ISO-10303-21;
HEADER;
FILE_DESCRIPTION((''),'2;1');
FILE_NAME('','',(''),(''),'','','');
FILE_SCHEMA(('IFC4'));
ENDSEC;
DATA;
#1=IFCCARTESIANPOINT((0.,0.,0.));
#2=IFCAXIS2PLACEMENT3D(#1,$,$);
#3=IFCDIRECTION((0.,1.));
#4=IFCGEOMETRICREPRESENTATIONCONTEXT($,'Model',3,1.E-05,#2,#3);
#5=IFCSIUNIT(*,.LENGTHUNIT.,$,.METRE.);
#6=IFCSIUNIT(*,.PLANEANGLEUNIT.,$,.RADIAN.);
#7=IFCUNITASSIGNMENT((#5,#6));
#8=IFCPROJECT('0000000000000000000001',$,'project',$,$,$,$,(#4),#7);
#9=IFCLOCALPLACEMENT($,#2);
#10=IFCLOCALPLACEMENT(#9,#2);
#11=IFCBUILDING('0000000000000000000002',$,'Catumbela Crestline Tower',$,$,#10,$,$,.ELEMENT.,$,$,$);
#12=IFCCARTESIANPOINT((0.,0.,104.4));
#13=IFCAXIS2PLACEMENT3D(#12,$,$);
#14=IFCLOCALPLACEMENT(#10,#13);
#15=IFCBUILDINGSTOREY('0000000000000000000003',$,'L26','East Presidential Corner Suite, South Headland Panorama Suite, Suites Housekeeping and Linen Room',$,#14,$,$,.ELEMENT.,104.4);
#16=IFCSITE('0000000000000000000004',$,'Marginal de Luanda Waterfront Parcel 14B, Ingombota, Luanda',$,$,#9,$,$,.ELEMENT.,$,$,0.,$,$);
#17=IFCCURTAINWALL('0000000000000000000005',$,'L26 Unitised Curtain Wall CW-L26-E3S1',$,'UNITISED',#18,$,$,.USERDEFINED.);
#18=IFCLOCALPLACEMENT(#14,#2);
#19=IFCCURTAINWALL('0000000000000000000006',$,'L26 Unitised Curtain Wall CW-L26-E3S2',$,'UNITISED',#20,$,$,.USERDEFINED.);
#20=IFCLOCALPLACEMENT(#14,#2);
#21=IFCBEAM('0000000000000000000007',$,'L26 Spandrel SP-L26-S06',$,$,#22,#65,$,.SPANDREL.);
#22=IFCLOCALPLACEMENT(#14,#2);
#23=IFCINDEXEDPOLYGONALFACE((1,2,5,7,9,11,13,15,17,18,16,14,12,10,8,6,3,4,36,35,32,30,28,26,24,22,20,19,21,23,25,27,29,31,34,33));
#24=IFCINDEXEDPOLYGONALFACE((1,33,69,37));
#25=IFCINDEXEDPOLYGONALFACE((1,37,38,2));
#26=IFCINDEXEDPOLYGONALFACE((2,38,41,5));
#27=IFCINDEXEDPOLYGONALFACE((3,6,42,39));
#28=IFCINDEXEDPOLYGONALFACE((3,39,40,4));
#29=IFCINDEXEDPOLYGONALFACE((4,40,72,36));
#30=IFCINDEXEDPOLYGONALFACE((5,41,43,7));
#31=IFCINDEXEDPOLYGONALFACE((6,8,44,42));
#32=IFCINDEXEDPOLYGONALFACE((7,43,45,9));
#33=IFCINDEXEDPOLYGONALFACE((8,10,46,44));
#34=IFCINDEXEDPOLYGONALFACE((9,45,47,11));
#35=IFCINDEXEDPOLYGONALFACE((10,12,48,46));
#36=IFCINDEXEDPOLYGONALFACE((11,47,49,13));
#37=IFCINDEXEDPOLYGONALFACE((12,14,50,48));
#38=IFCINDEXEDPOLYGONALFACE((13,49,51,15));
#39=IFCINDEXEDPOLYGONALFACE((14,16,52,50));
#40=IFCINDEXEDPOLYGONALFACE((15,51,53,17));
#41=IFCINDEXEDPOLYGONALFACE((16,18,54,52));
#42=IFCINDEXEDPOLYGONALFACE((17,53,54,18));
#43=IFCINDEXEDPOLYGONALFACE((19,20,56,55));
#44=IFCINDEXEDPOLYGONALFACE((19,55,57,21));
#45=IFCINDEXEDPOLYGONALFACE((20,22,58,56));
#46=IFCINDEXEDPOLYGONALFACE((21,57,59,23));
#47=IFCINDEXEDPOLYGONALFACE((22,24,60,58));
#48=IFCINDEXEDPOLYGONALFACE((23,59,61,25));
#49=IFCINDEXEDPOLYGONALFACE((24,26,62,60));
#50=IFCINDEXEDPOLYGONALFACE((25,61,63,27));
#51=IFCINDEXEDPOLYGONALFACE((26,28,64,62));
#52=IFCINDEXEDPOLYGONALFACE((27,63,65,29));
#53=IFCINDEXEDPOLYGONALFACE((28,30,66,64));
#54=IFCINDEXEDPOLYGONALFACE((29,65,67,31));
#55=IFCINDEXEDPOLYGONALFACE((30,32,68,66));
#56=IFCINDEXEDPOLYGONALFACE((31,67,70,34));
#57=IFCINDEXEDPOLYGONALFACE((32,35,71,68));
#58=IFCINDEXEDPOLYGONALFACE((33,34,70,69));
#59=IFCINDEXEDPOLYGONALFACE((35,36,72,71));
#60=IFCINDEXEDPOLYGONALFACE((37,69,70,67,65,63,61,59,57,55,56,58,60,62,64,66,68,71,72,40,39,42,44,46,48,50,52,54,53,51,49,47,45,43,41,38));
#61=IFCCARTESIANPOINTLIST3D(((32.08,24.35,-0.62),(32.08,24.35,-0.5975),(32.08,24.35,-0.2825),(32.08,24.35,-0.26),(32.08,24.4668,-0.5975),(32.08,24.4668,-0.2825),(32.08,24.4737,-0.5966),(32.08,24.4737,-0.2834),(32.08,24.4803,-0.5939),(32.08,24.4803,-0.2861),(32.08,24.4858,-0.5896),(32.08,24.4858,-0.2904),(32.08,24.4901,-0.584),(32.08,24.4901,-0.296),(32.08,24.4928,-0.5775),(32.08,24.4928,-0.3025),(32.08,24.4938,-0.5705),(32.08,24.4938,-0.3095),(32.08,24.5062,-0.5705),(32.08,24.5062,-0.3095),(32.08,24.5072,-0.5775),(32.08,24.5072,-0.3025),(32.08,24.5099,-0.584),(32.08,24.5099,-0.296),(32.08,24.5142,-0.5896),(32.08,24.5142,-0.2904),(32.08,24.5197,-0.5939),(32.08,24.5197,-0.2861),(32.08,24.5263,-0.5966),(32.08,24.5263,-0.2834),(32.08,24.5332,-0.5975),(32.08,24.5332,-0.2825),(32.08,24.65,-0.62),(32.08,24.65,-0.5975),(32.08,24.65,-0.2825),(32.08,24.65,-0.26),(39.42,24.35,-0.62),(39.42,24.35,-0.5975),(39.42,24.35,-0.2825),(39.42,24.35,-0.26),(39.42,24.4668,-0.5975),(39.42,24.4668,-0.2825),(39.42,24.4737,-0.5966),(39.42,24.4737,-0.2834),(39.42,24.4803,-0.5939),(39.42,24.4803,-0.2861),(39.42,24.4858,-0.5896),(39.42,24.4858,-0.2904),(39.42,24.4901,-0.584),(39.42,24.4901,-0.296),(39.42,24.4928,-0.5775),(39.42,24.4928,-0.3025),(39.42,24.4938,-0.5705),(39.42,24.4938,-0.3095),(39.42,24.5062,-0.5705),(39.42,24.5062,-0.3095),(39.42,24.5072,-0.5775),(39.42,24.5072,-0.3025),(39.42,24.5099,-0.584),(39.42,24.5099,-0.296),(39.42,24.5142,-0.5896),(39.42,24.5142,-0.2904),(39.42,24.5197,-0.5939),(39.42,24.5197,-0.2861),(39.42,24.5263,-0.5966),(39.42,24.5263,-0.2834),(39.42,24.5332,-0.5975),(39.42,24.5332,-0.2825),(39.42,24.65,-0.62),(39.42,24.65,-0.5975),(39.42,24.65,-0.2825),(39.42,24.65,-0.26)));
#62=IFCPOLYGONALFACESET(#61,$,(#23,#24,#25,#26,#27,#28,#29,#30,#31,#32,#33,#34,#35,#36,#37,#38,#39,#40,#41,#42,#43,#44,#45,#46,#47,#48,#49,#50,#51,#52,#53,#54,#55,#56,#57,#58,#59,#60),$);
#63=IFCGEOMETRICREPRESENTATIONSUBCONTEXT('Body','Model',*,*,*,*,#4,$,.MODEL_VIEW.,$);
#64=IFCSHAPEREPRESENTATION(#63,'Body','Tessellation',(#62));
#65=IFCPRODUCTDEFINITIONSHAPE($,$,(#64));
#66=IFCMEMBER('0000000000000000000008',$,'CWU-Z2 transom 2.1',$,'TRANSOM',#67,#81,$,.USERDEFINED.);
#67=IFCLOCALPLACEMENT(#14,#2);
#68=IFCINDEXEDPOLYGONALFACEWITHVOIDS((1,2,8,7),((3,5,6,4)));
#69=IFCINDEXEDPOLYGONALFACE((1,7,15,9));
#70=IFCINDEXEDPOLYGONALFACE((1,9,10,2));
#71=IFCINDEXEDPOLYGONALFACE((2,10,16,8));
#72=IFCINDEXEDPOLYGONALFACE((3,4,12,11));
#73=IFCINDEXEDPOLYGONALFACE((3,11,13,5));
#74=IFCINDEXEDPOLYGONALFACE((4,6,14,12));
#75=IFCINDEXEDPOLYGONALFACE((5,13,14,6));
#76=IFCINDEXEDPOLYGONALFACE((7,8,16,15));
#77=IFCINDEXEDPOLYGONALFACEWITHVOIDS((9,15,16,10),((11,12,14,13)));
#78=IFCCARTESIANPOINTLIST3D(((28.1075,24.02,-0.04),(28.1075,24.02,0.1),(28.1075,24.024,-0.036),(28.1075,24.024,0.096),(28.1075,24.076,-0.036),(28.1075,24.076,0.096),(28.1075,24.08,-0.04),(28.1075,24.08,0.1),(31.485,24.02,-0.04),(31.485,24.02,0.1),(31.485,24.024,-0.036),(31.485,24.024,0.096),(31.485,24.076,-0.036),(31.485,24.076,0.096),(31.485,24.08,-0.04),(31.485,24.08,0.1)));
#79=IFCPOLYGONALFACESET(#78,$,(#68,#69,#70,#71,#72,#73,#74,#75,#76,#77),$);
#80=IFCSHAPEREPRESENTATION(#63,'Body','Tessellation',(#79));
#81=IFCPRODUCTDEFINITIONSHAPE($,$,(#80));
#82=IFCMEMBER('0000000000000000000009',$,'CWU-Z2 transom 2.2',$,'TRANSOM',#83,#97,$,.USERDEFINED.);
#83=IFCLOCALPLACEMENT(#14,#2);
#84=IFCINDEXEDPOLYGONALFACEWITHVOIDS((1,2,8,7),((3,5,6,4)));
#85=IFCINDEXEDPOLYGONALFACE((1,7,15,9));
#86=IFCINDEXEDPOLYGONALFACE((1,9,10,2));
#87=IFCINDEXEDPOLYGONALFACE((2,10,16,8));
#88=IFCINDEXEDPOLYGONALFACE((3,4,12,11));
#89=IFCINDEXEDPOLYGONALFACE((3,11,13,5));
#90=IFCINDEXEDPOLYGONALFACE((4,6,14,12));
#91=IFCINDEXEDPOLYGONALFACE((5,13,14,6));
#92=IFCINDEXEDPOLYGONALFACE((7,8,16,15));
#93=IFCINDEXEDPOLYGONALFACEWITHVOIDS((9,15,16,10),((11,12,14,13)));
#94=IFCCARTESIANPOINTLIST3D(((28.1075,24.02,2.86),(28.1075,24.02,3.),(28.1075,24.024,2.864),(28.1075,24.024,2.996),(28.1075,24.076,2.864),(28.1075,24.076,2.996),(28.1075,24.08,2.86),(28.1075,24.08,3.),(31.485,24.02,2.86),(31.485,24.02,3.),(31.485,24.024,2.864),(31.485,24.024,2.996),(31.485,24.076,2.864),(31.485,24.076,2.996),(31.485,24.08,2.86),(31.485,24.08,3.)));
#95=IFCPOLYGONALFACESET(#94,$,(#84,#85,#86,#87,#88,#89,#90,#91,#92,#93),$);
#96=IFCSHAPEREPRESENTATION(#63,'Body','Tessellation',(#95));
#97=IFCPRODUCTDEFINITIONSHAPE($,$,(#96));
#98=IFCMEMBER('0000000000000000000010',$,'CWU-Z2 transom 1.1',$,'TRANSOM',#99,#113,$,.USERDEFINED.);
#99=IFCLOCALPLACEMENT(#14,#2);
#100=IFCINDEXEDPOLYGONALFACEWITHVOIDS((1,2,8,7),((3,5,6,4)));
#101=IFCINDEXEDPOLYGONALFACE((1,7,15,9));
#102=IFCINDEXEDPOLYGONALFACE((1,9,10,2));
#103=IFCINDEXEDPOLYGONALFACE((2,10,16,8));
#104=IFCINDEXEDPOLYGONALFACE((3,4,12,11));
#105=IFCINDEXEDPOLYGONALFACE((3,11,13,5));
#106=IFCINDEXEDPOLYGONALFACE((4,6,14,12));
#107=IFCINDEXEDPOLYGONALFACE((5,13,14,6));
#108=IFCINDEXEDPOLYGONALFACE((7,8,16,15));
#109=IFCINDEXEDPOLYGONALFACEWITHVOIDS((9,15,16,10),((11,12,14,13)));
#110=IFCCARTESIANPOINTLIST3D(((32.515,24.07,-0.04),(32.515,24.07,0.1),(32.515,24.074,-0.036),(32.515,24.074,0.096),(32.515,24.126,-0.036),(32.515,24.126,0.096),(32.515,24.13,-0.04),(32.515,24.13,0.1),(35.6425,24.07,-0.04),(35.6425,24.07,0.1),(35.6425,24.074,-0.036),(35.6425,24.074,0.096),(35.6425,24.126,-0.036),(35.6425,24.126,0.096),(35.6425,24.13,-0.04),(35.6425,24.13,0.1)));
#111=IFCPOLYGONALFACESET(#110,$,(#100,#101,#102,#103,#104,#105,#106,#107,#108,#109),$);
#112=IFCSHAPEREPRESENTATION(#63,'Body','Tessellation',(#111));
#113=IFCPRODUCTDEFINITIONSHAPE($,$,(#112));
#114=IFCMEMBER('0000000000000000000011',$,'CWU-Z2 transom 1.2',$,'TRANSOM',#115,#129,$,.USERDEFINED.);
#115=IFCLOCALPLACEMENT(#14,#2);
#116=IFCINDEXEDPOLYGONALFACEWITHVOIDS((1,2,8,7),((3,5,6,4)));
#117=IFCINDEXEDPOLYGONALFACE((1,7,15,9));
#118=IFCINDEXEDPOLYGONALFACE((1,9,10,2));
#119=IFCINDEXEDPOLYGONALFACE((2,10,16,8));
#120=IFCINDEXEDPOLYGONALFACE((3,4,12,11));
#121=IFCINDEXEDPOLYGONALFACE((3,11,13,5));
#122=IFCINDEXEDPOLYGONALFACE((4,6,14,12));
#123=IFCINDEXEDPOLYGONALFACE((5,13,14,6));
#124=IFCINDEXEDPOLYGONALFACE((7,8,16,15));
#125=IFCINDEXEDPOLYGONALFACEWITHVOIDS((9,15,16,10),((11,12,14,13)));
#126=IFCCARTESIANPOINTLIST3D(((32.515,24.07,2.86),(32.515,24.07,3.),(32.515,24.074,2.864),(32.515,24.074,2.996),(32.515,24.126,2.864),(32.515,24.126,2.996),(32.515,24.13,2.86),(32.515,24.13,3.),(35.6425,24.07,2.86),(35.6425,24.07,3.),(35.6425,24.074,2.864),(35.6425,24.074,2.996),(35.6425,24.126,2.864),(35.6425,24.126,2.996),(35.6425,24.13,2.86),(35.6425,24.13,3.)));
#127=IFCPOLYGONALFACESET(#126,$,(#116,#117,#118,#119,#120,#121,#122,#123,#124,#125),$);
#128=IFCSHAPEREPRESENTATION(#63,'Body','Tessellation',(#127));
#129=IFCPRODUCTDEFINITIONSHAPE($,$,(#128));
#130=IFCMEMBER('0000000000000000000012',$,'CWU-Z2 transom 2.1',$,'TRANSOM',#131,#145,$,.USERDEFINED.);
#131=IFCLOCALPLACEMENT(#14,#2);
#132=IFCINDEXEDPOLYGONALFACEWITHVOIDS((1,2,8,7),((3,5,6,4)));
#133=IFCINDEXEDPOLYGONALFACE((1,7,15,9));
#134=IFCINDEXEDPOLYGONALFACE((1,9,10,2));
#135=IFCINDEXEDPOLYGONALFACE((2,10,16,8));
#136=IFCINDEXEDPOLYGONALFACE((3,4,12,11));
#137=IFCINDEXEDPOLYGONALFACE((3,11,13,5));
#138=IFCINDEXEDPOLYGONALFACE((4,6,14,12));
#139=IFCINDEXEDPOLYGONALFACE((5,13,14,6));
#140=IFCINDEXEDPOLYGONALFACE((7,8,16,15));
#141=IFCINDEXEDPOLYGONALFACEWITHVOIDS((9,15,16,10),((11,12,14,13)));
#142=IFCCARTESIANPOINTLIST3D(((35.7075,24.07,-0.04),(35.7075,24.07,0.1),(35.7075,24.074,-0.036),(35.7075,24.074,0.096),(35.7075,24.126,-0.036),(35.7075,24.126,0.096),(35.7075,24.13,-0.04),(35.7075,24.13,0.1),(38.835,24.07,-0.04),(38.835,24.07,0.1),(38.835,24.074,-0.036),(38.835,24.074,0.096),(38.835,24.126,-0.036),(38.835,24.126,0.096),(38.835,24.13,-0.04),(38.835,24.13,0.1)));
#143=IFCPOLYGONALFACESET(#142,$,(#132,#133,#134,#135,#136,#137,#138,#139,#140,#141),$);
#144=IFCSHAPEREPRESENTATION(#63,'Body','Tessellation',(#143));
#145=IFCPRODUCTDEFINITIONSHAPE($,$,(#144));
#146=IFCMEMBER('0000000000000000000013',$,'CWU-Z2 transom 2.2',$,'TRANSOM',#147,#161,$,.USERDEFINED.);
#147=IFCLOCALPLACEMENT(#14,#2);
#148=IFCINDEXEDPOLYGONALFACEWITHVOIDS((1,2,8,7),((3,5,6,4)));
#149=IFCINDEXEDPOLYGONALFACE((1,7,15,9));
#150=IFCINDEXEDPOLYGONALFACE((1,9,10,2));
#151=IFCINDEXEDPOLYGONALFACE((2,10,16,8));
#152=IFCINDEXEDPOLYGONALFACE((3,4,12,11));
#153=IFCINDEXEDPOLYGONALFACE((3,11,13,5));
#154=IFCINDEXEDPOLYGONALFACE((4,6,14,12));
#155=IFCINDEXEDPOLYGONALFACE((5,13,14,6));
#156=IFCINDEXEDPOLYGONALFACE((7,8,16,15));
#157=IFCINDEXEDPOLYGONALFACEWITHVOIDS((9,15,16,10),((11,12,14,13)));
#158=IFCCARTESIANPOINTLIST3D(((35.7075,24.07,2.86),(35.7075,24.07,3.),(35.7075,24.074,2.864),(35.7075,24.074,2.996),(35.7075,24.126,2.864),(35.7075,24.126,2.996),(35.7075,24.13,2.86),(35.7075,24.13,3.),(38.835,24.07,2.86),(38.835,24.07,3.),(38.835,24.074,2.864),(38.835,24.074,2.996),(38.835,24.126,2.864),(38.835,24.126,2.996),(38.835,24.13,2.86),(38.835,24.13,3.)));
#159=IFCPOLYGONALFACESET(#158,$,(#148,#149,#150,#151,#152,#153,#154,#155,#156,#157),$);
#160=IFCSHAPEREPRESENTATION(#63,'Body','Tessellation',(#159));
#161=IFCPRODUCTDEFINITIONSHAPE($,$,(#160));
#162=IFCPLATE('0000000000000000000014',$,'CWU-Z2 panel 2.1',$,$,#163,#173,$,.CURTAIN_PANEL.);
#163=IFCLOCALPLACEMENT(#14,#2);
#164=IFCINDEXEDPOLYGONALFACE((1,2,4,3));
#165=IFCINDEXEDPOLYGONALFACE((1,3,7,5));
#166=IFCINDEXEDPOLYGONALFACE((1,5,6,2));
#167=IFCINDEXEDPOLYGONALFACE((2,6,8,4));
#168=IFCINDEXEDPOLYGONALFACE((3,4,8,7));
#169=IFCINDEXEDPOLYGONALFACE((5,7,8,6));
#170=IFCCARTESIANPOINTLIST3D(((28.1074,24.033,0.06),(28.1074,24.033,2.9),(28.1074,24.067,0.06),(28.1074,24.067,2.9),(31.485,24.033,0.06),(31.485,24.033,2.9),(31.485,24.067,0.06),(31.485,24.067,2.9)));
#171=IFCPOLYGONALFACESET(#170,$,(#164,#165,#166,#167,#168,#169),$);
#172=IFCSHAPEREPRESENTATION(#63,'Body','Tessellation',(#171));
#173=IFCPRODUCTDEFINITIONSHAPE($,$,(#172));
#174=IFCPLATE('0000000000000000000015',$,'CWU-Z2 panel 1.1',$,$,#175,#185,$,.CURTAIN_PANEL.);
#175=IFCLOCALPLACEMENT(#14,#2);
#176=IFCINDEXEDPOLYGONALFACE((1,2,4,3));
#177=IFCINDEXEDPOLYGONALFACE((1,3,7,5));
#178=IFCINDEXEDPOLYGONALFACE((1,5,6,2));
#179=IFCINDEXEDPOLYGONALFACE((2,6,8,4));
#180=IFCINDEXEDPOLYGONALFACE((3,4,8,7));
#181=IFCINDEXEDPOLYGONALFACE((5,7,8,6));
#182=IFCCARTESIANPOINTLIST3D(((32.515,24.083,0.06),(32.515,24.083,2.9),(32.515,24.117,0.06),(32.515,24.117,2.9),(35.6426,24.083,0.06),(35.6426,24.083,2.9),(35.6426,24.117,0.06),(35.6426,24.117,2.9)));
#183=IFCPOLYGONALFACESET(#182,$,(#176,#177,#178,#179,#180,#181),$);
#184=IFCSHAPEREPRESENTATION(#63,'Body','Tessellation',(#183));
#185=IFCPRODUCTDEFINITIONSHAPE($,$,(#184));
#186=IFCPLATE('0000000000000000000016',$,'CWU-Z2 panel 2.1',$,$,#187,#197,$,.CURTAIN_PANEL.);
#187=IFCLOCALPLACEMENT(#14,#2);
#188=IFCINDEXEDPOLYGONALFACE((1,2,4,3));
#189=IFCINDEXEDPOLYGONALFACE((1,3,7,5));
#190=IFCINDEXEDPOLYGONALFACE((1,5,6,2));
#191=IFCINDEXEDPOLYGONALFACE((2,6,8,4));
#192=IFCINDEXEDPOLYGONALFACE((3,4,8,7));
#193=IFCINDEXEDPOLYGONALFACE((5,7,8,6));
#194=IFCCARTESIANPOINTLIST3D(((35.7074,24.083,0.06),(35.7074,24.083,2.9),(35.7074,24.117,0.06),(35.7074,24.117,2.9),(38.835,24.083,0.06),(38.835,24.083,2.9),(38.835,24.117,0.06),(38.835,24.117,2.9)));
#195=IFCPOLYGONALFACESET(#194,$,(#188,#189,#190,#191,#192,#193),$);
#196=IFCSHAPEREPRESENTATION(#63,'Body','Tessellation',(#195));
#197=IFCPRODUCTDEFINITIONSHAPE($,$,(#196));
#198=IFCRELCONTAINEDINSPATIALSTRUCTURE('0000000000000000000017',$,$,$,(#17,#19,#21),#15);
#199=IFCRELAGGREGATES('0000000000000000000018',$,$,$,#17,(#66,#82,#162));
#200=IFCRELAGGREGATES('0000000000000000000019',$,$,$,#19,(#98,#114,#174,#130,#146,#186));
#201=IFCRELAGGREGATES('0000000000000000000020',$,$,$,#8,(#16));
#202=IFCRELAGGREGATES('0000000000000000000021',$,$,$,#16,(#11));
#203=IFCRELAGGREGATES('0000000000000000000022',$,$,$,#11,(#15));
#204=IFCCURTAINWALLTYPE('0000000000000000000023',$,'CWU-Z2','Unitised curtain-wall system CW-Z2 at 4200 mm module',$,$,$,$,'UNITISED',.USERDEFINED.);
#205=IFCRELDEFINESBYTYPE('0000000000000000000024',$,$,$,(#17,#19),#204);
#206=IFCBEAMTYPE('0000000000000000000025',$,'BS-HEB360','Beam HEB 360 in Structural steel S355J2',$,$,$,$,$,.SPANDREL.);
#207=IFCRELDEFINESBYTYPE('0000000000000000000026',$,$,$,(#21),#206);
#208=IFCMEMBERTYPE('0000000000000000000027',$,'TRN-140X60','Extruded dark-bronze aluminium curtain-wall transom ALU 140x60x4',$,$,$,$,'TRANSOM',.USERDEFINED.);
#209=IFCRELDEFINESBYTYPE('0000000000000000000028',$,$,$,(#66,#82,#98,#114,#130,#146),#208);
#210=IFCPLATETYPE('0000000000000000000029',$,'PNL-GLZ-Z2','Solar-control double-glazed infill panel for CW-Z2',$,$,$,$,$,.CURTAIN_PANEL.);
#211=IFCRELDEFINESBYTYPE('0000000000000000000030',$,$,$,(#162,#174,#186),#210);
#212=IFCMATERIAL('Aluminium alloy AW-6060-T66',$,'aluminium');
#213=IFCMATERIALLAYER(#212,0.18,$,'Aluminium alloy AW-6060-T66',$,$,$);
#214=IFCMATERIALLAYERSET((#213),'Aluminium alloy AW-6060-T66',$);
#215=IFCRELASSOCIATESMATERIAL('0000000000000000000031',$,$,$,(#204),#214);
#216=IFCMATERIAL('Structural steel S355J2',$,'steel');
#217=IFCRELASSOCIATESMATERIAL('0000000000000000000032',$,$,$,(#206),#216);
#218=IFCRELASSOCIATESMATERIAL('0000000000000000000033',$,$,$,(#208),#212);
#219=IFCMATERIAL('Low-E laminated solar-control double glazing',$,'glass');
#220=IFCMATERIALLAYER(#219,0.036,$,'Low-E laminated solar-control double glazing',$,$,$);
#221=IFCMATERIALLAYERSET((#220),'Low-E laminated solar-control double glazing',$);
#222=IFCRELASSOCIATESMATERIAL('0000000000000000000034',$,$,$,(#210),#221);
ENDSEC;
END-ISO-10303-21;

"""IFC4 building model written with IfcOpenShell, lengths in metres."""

from ifc_helpers import new_model, si_unit, direction, frame, origin, origin_2d, place, context, subcontext, project, spatial, rectangle, hollow_rectangle, i_section, extrude, material, layer, layer_set, material_profile, profile_set, type_object, element, aggregate, save


model = new_model("IFC4")

# Units and contexts
model_context = context("Model", 3, precision=1e-05, world=origin(), true_north=direction((0.0, 1.0)))
body_context = subcontext(model_context, "Body", "Model", "MODEL_VIEW")
ifc_project = project(units=[si_unit("LENGTHUNIT", "METRE"), si_unit("PLANEANGLEUNIT", "RADIAN")], contexts=[model_context])

# Site, building, storey
site_placement = place(None, origin())
site = spatial("IfcSite", under=ifc_project, at=site_placement, Name="Marginal de Luanda Waterfront Parcel 14B, Ingombota, Luanda", CompositionType="ELEMENT", RefElevation=0.0)
building_placement = place(site_placement, origin())
building = spatial("IfcBuilding", under=site, at=building_placement, Name="Catumbela Crestline Tower", CompositionType="ELEMENT")
storey_placement = place(building_placement, frame((0.0, 0.0, 104.4)))
storey = spatial("IfcBuildingStorey", under=building, at=storey_placement, Name="L26", Description="East Presidential Corner Suite, South Headland Panorama Suite, Suites Housekeeping and Linen Room", CompositionType="ELEMENT", Elevation=104.4)

# Shared definitions
ifc_material_1 = material(Name="Structural steel S355J2", Category="steel")

# Curtain wall
ifc_material_2 = material(Name="Aluminium alloy AW-6060-T66", Category="aluminium")
ifc_layer_1 = layer(ifc_material_2, 0.18, Name="Aluminium alloy AW-6060-T66")
ifc_layer_set_1 = layer_set([ifc_layer_1], Name="Aluminium alloy AW-6060-T66")
curtain_wall_type = type_object("IfcCurtainWallType", Name="CWU-Z2", Description="Unitised curtain-wall system CW-Z2 at 4200 mm module", ElementType="UNITISED", PredefinedType="USERDEFINED", material=ifc_layer_set_1)
curtain_wall_1_placement = place(storey_placement, origin())
curtain_wall_1 = element("IfcCurtainWall", 1, at=curtain_wall_1_placement, inside=storey, type_object=curtain_wall_type, Name="L26 Unitised Curtain Wall CW-L26-E3S1", ObjectType="UNITISED", PredefinedType="USERDEFINED")

# Curtain wall
curtain_wall_2_placement = place(storey_placement, origin())
curtain_wall_2 = element("IfcCurtainWall", 2, at=curtain_wall_2_placement, inside=storey, type_object=curtain_wall_type, Name="L26 Unitised Curtain Wall CW-L26-E3S2", ObjectType="UNITISED", PredefinedType="USERDEFINED")

# Beam
ifc_material_profile_1 = material_profile(ifc_material_1, i_section(OverallWidth=0.3, OverallDepth=0.36, WebThickness=0.0125, FlangeThickness=0.0225, FilletRadius=0.027, at=origin_2d()), Name="HEB 360")
ifc_profile_set_1 = profile_set([ifc_material_profile_1], Name="Structural steel S355J2")
beam_type_1 = type_object("IfcBeamType", Name="BS-HEB360", Description="Beam HEB 360 in Structural steel S355J2", PredefinedType="SPANDREL", material=ifc_profile_set_1)
beam_placement = place(storey_placement, frame((32.08, 24.5, -0.44), z_axis=(1.0, 0.0, 0.0), x_axis=(0.0, 1.0, 0.0)))
element("IfcBeam", 3, at=beam_placement, inside=storey, type_object=beam_type_1, Name="L26 Spandrel SP-L26-S06", PredefinedType="SPANDREL", context=body_context, shape_type="SweptSolid", body=[
    extrude(i_section(OverallWidth=0.3, OverallDepth=0.36, WebThickness=0.0125, FlangeThickness=0.0225, FilletRadius=0.027, at=origin_2d()), origin(), (0.0, 0.0, 1.0), 7.34),
])

# Members
ifc_material_profile_2 = material_profile(ifc_material_2, hollow_rectangle(XDim=0.06, YDim=0.14, WallThickness=0.004, at=origin_2d()), Name="ALU 140x60x4")
ifc_profile_set_2 = profile_set([ifc_material_profile_2], Name="Aluminium alloy AW-6060-T66")
member_type_1 = type_object("IfcMemberType", Name="TRN-140X60", Description="Extruded dark-bronze aluminium curtain-wall transom ALU 140x60x4", ElementType="TRANSOM", PredefinedType="USERDEFINED", material=ifc_profile_set_2)
member_1_placement = place(storey_placement, frame((28.1075, 24.05, 0.03), z_axis=(1.0, 0.0, 0.0), x_axis=(0.0, 1.0, 0.0)))
member_1 = element("IfcMember", 4, at=member_1_placement, type_object=member_type_1, Name="CWU-Z2 transom 2.1", ObjectType="TRANSOM", PredefinedType="USERDEFINED", context=body_context, shape_type="SweptSolid", body=[
    extrude(hollow_rectangle(XDim=0.06, YDim=0.14, WallThickness=0.004, at=origin_2d()), origin(), (0.0, 0.0, 1.0), 3.3775),
])
member_2_placement = place(storey_placement, frame((28.1075, 24.05, 2.93), z_axis=(1.0, 0.0, 0.0), x_axis=(0.0, 1.0, 0.0)))
member_2 = element("IfcMember", 5, at=member_2_placement, type_object=member_type_1, Name="CWU-Z2 transom 2.2", ObjectType="TRANSOM", PredefinedType="USERDEFINED", context=body_context, shape_type="SweptSolid", body=[
    extrude(hollow_rectangle(XDim=0.06, YDim=0.14, WallThickness=0.004, at=origin_2d()), origin(), (0.0, 0.0, 1.0), 3.3775),
])
member_3_placement = place(storey_placement, frame((32.515, 24.1, 0.03), z_axis=(1.0, 0.0, 0.0), x_axis=(0.0, 1.0, 0.0)))
member_3 = element("IfcMember", 6, at=member_3_placement, type_object=member_type_1, Name="CWU-Z2 transom 1.1", ObjectType="TRANSOM", PredefinedType="USERDEFINED", context=body_context, shape_type="SweptSolid", body=[
    extrude(hollow_rectangle(XDim=0.06, YDim=0.14, WallThickness=0.004, at=origin_2d()), origin(), (0.0, 0.0, 1.0), 3.1275),
])
member_4_placement = place(storey_placement, frame((32.515, 24.1, 2.93), z_axis=(1.0, 0.0, 0.0), x_axis=(0.0, 1.0, 0.0)))
member_4 = element("IfcMember", 7, at=member_4_placement, type_object=member_type_1, Name="CWU-Z2 transom 1.2", ObjectType="TRANSOM", PredefinedType="USERDEFINED", context=body_context, shape_type="SweptSolid", body=[
    extrude(hollow_rectangle(XDim=0.06, YDim=0.14, WallThickness=0.004, at=origin_2d()), origin(), (0.0, 0.0, 1.0), 3.1275),
])
member_5_placement = place(storey_placement, frame((35.7075, 24.1, 0.03), z_axis=(1.0, 0.0, 0.0), x_axis=(0.0, 1.0, 0.0)))
member_5 = element("IfcMember", 8, at=member_5_placement, type_object=member_type_1, Name="CWU-Z2 transom 2.1", ObjectType="TRANSOM", PredefinedType="USERDEFINED", context=body_context, shape_type="SweptSolid", body=[
    extrude(hollow_rectangle(XDim=0.06, YDim=0.14, WallThickness=0.004, at=origin_2d()), origin(), (0.0, 0.0, 1.0), 3.1275),
])
member_6_placement = place(storey_placement, frame((35.7075, 24.1, 2.93), z_axis=(1.0, 0.0, 0.0), x_axis=(0.0, 1.0, 0.0)))
member_6 = element("IfcMember", 9, at=member_6_placement, type_object=member_type_1, Name="CWU-Z2 transom 2.2", ObjectType="TRANSOM", PredefinedType="USERDEFINED", context=body_context, shape_type="SweptSolid", body=[
    extrude(hollow_rectangle(XDim=0.06, YDim=0.14, WallThickness=0.004, at=origin_2d()), origin(), (0.0, 0.0, 1.0), 3.1275),
])

# Plates
ifc_material_3 = material(Name="Low-E laminated solar-control double glazing", Category="glass")
ifc_layer_2 = layer(ifc_material_3, 0.036, Name="Low-E laminated solar-control double glazing")
ifc_layer_set_2 = layer_set([ifc_layer_2], Name="Low-E laminated solar-control double glazing")
plate_type = type_object("IfcPlateType", Name="PNL-GLZ-Z2", Description="Solar-control double-glazed infill panel for CW-Z2", PredefinedType="CURTAIN_PANEL", material=ifc_layer_set_2)
plate_1_placement = place(storey_placement, frame((29.7962, 24.05, 0.06), z_axis=(0.0, 0.0, 1.0), x_axis=(1.0, 0.0, 0.0)))
plate_1 = element("IfcPlate", 10, at=plate_1_placement, type_object=plate_type, Name="CWU-Z2 panel 2.1", PredefinedType="CURTAIN_PANEL", context=body_context, shape_type="SweptSolid", body=[
    extrude(rectangle(XDim=3.3775, YDim=0.034, at=origin_2d()), origin(), (0.0, 0.0, 1.0), 2.84),
])
aggregate(curtain_wall_1, [member_1, member_2, plate_1])
plate_2_placement = place(storey_placement, frame((34.0788, 24.1, 0.06), z_axis=(0.0, 0.0, 1.0), x_axis=(1.0, 0.0, 0.0)))
plate_2 = element("IfcPlate", 11, at=plate_2_placement, type_object=plate_type, Name="CWU-Z2 panel 1.1", PredefinedType="CURTAIN_PANEL", context=body_context, shape_type="SweptSolid", body=[
    extrude(rectangle(XDim=3.1275, YDim=0.034, at=origin_2d()), origin(), (0.0, 0.0, 1.0), 2.84),
])
plate_3_placement = place(storey_placement, frame((37.2712, 24.1, 0.06), z_axis=(0.0, 0.0, 1.0), x_axis=(1.0, 0.0, 0.0)))
plate_3 = element("IfcPlate", 12, at=plate_3_placement, type_object=plate_type, Name="CWU-Z2 panel 2.1", PredefinedType="CURTAIN_PANEL", context=body_context, shape_type="SweptSolid", body=[
    extrude(rectangle(XDim=3.1275, YDim=0.034, at=origin_2d()), origin(), (0.0, 0.0, 1.0), 2.84),
])
aggregate(curtain_wall_2, [member_3, member_4, plate_2, member_5, member_6, plate_3])

save(model, "model.ifc")
